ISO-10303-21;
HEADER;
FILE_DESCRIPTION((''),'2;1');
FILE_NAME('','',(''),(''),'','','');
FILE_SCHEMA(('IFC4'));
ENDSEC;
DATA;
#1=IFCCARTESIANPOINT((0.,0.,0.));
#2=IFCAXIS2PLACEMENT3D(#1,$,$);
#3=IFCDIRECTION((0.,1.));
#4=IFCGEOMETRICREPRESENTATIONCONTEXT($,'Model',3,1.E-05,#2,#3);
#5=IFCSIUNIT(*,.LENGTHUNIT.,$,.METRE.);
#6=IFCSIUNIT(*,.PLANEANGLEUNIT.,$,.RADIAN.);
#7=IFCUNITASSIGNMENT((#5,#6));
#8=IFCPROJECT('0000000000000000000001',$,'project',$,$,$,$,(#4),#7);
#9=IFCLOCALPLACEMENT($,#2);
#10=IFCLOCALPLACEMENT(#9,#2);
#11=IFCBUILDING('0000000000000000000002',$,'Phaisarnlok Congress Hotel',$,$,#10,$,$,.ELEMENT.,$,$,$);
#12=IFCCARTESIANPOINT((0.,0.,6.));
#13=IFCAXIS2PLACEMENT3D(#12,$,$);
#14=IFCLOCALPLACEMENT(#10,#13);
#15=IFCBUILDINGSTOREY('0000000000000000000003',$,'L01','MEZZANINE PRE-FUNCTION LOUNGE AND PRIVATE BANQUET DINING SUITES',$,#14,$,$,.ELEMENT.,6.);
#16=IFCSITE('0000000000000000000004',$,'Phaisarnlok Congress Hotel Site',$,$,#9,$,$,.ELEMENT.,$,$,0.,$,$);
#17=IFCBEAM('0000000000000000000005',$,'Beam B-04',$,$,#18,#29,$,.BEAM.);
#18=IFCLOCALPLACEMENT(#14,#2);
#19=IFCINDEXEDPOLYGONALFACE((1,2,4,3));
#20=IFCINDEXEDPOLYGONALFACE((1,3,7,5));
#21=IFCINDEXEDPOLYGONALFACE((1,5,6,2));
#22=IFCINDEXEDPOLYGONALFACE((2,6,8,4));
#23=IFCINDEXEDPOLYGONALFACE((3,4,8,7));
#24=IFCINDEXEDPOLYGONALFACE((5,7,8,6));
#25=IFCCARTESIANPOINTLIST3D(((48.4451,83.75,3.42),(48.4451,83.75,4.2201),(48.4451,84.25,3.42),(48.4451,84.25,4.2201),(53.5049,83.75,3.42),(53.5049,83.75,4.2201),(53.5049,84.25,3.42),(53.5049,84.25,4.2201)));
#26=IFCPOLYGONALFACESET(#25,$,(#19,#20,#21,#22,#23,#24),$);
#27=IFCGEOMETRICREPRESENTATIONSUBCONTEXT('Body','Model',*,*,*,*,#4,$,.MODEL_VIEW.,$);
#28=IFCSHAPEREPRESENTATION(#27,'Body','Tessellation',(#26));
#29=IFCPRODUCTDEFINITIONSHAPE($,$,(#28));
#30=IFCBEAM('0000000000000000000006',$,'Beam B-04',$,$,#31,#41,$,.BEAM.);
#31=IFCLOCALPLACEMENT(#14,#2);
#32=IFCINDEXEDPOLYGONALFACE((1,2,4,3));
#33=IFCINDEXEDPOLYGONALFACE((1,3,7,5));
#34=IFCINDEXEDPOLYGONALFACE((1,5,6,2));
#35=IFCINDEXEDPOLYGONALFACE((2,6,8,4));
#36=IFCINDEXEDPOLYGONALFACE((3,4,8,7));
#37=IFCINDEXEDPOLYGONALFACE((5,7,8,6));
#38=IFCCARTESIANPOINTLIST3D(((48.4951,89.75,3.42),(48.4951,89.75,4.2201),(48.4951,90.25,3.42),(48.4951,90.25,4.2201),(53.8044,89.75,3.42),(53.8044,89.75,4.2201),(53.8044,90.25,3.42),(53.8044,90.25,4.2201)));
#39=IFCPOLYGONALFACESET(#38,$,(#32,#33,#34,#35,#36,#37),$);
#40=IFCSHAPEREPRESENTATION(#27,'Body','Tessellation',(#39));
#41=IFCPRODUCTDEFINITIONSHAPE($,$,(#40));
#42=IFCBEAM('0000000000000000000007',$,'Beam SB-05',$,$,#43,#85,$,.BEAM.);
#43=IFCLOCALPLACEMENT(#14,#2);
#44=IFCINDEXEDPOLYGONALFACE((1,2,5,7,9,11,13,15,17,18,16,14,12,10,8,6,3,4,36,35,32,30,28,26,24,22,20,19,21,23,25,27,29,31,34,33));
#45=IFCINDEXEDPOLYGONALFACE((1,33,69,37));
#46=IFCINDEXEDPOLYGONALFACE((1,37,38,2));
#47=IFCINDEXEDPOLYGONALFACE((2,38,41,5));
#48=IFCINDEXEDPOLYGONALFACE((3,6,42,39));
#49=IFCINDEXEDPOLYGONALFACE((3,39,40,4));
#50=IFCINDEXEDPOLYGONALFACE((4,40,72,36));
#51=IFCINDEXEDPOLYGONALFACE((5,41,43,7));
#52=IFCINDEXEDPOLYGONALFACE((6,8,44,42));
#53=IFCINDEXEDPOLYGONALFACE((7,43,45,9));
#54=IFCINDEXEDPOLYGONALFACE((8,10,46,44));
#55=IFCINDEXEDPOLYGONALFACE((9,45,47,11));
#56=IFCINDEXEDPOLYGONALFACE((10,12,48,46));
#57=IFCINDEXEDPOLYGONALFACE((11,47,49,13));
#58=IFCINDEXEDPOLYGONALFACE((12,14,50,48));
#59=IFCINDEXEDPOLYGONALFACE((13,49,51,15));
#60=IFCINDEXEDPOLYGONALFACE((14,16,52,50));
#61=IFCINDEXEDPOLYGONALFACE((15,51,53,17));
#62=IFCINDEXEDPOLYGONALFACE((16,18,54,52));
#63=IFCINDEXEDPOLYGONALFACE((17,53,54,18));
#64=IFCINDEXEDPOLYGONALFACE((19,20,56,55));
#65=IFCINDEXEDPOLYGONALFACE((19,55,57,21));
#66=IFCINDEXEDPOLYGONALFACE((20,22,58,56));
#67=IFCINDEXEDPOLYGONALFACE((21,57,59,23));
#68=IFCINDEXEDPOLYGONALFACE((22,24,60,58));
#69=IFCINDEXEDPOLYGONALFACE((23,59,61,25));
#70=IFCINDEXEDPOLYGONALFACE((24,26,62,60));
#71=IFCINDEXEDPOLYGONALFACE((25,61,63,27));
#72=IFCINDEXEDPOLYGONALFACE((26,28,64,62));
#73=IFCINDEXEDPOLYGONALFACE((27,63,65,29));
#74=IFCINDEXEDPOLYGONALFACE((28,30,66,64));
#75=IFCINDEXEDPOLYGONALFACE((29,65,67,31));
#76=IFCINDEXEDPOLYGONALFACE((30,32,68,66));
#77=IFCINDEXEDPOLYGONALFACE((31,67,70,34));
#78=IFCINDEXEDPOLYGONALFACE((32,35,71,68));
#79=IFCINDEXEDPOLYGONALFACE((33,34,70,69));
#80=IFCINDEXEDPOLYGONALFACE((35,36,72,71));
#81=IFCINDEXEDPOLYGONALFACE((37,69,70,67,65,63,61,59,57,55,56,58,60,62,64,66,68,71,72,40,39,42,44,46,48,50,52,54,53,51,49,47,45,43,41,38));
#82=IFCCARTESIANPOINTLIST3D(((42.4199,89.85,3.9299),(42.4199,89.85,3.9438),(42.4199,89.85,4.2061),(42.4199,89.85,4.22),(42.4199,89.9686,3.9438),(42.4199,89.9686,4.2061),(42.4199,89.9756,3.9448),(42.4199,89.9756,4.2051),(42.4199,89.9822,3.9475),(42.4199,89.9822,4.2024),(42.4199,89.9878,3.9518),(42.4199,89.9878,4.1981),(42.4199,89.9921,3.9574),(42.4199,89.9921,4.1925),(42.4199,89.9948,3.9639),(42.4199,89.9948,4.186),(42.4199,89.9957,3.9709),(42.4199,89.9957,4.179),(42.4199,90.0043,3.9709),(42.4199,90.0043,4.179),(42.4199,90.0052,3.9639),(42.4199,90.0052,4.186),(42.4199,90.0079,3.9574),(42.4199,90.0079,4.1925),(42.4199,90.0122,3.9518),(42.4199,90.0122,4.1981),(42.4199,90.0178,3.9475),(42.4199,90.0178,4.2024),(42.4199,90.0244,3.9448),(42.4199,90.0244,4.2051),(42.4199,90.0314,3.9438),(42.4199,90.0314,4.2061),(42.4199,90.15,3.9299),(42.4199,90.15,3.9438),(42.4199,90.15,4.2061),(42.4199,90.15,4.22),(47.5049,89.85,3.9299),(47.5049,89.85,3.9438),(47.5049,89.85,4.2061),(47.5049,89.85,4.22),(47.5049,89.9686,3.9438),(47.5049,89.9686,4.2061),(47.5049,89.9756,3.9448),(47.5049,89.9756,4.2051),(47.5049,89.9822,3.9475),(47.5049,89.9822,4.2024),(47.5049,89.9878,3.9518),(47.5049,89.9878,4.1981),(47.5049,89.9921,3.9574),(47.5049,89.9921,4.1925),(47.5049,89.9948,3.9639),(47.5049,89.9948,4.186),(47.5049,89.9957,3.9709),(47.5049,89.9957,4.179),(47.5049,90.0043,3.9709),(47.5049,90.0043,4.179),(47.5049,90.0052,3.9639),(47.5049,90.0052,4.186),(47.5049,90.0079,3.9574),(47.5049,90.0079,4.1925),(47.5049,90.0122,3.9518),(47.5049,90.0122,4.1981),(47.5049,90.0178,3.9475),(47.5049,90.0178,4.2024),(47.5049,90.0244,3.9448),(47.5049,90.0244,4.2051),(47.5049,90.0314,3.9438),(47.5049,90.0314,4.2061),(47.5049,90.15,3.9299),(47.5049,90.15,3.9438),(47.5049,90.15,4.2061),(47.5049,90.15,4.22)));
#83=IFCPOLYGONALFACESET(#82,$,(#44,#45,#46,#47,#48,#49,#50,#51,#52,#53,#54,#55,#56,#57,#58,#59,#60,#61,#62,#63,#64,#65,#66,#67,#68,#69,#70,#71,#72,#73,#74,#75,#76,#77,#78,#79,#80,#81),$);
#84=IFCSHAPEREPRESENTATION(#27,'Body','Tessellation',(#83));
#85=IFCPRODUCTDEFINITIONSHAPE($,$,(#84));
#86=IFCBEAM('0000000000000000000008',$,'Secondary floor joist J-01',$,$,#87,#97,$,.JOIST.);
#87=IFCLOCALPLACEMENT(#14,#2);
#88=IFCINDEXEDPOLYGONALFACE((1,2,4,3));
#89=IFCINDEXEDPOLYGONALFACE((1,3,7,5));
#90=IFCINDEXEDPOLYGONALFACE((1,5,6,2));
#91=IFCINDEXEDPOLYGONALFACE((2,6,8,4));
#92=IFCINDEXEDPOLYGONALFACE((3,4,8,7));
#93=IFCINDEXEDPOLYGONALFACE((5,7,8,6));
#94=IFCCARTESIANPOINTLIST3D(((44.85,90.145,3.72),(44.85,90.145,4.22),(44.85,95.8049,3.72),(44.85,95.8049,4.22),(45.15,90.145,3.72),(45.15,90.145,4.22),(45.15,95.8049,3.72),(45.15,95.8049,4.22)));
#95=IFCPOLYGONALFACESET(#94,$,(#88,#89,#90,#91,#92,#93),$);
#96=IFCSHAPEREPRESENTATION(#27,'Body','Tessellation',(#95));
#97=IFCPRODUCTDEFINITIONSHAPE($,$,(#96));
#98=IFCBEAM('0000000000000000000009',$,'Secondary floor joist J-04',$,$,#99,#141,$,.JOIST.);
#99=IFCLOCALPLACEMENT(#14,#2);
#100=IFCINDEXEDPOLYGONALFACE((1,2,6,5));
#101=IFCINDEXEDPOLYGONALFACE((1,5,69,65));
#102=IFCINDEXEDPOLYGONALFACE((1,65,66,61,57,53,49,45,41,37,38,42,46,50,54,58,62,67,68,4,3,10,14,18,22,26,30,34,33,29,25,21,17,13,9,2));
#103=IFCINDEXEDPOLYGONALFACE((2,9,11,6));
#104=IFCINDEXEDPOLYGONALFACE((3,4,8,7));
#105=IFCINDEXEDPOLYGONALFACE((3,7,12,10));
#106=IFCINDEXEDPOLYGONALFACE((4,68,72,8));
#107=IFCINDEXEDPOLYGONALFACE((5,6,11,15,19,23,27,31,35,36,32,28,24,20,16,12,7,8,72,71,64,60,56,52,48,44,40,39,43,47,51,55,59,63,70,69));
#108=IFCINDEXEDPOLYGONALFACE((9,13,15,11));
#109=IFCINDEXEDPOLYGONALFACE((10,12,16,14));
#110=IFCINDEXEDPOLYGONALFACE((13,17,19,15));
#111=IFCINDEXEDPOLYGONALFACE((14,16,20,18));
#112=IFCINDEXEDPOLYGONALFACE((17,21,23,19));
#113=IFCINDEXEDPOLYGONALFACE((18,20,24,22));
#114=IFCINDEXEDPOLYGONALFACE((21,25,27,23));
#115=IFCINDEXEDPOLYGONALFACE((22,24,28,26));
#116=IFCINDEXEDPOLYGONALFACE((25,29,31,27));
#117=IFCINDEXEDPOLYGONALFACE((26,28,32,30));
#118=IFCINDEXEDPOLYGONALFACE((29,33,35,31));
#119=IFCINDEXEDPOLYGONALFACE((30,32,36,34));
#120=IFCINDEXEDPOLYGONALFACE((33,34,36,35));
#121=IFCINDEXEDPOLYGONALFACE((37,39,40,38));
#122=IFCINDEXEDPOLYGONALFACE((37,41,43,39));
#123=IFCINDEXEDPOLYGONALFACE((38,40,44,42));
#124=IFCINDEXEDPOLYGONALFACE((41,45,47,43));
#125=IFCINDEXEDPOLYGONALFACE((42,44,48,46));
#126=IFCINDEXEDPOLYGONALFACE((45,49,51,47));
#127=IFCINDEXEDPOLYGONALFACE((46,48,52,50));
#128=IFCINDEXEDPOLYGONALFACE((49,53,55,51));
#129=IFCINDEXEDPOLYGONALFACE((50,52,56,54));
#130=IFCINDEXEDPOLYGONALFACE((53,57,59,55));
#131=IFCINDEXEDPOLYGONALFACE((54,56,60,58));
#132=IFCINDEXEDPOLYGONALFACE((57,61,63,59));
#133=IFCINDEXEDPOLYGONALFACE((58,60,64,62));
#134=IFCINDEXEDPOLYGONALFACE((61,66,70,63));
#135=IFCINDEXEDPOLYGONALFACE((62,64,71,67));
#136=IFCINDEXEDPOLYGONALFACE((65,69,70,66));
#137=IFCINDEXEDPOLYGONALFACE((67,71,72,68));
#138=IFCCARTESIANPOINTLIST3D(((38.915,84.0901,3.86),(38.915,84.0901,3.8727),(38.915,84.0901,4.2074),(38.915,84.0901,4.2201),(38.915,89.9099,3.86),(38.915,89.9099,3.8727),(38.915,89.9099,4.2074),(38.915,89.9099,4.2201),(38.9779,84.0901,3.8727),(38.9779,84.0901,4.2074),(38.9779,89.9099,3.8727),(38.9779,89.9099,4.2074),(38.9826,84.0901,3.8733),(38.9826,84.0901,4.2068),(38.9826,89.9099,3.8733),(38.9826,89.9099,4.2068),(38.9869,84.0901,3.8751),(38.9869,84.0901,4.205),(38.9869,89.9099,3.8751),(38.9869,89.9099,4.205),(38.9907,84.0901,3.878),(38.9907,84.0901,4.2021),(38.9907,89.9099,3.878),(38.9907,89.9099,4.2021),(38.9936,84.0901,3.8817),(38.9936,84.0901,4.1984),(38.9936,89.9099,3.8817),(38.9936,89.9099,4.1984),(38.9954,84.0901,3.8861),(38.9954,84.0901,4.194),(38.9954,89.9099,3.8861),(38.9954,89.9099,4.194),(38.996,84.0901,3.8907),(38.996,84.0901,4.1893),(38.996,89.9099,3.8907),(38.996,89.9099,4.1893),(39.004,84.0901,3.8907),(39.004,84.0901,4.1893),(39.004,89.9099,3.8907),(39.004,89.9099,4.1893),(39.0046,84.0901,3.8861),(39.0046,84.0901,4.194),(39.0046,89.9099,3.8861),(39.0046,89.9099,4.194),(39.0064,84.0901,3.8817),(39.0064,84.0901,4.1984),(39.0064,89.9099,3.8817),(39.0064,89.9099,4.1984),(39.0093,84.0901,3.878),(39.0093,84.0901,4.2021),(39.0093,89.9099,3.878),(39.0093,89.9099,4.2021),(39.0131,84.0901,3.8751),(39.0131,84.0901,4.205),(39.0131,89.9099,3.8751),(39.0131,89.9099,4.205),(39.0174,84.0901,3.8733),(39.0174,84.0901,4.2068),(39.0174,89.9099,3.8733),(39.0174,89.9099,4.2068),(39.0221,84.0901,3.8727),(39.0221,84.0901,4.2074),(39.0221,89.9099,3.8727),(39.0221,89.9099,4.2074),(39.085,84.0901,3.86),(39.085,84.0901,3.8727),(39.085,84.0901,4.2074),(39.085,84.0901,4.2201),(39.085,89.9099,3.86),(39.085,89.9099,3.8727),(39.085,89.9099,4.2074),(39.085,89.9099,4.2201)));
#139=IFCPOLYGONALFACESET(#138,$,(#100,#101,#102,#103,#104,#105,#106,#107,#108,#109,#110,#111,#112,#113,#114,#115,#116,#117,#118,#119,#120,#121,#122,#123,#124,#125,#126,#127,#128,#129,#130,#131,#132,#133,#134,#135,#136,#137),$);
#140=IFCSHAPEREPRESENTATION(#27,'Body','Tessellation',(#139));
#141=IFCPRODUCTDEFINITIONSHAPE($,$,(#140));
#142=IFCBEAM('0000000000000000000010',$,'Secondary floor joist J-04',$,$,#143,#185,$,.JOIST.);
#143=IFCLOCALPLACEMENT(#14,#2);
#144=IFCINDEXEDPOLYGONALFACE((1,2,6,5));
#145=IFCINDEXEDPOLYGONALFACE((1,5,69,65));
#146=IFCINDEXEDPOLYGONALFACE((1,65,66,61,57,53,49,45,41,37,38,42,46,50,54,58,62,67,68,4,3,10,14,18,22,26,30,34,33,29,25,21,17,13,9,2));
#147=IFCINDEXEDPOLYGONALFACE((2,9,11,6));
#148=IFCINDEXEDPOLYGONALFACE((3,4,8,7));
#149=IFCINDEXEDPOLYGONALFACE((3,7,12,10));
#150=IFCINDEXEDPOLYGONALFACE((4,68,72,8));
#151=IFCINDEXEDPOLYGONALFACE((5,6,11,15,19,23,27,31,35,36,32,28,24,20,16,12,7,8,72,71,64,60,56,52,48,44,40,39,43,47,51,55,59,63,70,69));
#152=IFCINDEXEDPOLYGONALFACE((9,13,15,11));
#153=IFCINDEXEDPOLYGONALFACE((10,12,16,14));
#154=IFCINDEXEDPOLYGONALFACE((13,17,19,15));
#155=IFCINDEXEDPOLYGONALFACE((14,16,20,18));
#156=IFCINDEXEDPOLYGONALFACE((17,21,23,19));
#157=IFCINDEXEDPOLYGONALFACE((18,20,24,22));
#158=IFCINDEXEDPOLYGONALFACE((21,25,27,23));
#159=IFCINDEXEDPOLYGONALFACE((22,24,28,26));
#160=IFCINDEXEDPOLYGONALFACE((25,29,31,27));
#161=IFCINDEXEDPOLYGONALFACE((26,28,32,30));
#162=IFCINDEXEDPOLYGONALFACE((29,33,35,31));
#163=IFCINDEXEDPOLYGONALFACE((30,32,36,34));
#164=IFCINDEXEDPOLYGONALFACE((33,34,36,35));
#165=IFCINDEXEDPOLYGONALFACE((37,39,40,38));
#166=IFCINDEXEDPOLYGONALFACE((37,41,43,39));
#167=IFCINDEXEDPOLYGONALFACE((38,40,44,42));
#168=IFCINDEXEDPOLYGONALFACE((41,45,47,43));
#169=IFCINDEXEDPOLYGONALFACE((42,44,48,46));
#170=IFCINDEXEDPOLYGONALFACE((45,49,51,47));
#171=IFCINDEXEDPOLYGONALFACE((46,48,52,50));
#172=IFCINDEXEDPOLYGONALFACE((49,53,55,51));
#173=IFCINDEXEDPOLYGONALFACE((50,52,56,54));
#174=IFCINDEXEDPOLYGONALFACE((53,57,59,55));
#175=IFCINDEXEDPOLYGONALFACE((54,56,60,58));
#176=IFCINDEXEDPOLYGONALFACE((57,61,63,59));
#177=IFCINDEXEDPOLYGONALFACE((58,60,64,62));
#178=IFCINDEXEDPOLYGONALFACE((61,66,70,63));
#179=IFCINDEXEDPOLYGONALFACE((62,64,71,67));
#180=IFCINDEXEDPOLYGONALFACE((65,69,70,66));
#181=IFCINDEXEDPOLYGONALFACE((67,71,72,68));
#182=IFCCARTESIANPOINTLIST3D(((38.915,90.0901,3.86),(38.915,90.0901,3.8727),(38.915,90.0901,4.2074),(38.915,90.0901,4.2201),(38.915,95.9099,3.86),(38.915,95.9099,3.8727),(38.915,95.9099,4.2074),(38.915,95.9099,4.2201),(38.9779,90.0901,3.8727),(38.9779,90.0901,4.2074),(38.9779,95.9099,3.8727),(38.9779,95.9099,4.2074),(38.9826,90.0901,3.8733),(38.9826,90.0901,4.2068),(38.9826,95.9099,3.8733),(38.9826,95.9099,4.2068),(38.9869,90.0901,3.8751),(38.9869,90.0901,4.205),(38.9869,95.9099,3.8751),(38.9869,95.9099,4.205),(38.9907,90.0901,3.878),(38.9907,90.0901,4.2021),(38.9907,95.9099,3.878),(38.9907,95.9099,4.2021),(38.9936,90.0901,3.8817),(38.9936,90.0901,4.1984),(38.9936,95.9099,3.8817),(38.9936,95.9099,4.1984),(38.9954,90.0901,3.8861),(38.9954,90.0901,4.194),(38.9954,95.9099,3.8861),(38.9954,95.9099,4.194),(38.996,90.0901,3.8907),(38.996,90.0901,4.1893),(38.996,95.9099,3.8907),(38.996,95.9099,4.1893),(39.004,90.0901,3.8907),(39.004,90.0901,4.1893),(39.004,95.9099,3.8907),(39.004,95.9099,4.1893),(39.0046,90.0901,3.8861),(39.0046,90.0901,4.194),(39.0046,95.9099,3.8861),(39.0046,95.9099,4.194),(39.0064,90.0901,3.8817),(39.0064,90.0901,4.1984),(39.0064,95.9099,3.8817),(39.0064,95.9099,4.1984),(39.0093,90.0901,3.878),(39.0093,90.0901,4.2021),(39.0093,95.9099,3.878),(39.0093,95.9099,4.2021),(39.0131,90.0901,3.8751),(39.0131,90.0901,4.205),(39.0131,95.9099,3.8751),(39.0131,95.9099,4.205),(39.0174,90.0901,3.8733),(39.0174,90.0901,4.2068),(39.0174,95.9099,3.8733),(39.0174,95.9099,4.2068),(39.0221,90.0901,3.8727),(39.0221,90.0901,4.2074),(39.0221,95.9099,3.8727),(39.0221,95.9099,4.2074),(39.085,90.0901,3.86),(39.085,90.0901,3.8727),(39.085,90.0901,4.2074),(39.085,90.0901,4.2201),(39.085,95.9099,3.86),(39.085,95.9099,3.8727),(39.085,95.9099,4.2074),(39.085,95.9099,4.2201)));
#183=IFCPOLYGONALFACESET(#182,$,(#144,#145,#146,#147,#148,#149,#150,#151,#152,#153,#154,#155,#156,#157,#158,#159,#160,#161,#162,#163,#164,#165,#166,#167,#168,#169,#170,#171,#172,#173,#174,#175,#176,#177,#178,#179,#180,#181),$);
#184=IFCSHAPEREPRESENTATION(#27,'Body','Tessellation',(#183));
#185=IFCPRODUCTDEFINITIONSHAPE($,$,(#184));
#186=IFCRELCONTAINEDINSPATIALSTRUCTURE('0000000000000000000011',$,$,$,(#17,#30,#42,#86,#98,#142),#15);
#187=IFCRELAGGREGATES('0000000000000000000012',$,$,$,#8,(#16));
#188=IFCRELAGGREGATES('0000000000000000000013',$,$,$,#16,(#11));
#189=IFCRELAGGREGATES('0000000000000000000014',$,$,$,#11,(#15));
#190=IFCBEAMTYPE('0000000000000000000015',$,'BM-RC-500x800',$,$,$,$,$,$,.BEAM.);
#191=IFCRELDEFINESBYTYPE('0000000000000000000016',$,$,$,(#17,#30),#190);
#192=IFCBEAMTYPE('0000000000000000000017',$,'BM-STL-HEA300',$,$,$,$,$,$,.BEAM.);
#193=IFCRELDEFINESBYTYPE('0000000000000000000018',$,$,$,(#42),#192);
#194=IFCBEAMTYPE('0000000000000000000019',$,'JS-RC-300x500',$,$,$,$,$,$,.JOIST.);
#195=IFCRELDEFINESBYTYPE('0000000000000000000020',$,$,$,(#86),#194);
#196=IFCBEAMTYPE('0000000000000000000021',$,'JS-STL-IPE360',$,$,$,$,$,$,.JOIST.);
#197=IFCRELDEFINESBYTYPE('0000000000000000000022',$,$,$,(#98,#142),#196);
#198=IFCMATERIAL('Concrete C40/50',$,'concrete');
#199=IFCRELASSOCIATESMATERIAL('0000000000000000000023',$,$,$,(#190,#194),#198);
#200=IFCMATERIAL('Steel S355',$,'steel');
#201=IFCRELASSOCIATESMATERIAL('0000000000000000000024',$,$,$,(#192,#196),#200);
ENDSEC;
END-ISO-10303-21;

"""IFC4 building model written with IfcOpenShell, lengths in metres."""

from ifc_helpers import new_model, si_unit, direction, frame, origin, origin_2d, place, context, subcontext, project, spatial, rectangle, i_section, extrude, material, material_profile, profile_set, type_object, element, save


model = new_model("IFC4")

# Units and contexts
model_context = context("Model", 3, precision=1e-05, world=origin(), true_north=direction((0.0, 1.0)))
body_context = subcontext(model_context, "Body", "Model", "MODEL_VIEW")
ifc_project = project(units=[si_unit("LENGTHUNIT", "METRE"), si_unit("PLANEANGLEUNIT", "RADIAN")], contexts=[model_context])

# Site, building, storey
site_placement = place(None, origin())
site = spatial("IfcSite", under=ifc_project, at=site_placement, Name="Phaisarnlok Congress Hotel Site", CompositionType="ELEMENT", RefElevation=0.0)
building_placement = place(site_placement, origin())
building = spatial("IfcBuilding", under=site, at=building_placement, Name="Phaisarnlok Congress Hotel", CompositionType="ELEMENT")
storey_placement = place(building_placement, frame((0.0, 0.0, 6.0)))
storey = spatial("IfcBuildingStorey", under=building, at=storey_placement, Name="L01", Description="MEZZANINE PRE-FUNCTION LOUNGE AND PRIVATE BANQUET DINING SUITES", CompositionType="ELEMENT", Elevation=6.0)

# Beams
ifc_material_1 = material(Name="Concrete C40/50", Category="concrete")
ifc_material_profile_1 = material_profile(ifc_material_1, rectangle(XDim=0.5, YDim=0.8, at=origin_2d()), Name="RC 500x800")
ifc_profile_set_1 = profile_set([ifc_material_profile_1], Name="Concrete C40/50")
beam_type_1 = type_object("IfcBeamType", Name="BM-RC-500x800", PredefinedType="BEAM", material=ifc_profile_set_1)
beam_1_placement = place(storey_placement, frame((48.4451, 84.0, 3.8201), z_axis=(1.0, 0.0, 0.0), x_axis=(0.0, 1.0, 0.0)))
element("IfcBeam", 1, at=beam_1_placement, inside=storey, type_object=beam_type_1, Name="Beam B-04", PredefinedType="BEAM", context=body_context, shape_type="SweptSolid", body=[
    extrude(rectangle(XDim=0.5, YDim=0.8, at=origin_2d()), origin(), (0.0, 0.0, 1.0), 5.0598),
])
beam_2_placement = place(storey_placement, frame((48.4951, 90.0, 3.8201), z_axis=(1.0, 0.0, 0.0), x_axis=(0.0, 1.0, 0.0)))
element("IfcBeam", 2, at=beam_2_placement, inside=storey, type_object=beam_type_1, Name="Beam B-04", PredefinedType="BEAM", context=body_context, shape_type="SweptSolid", body=[
    extrude(rectangle(XDim=0.5, YDim=0.8, at=origin_2d()), origin(), (0.0, 0.0, 1.0), 5.3093),
])
ifc_material_2 = material(Name="Steel S355", Category="steel")
ifc_material_profile_2 = material_profile(ifc_material_2, i_section(OverallWidth=0.3, OverallDepth=0.29, WebThickness=0.0085, FlangeThickness=0.0139, FilletRadius=0.0271, at=origin_2d()), Name="HEA 300")
ifc_profile_set_2 = profile_set([ifc_material_profile_2], Name="Steel S355")
beam_type_2 = type_object("IfcBeamType", Name="BM-STL-HEA300", PredefinedType="BEAM", material=ifc_profile_set_2)
beam_3_placement = place(storey_placement, frame((42.4199, 90.0, 4.075), z_axis=(1.0, 0.0, 0.0), x_axis=(0.0, 1.0, 0.0)))
element("IfcBeam", 3, at=beam_3_placement, inside=storey, type_object=beam_type_2, Name="Beam SB-05", PredefinedType="BEAM", context=body_context, shape_type="SweptSolid", body=[
    extrude(i_section(OverallWidth=0.3, OverallDepth=0.29, WebThickness=0.0085, FlangeThickness=0.0139, FilletRadius=0.0271, at=origin_2d()), origin(), (0.0, 0.0, 1.0), 5.085),
])
ifc_material_profile_3 = material_profile(ifc_material_1, rectangle(XDim=0.3, YDim=0.5, at=origin_2d()), Name="RC 300x500")
ifc_profile_set_3 = profile_set([ifc_material_profile_3], Name="Concrete C40/50")
beam_type_3 = type_object("IfcBeamType", Name="JS-RC-300x500", PredefinedType="JOIST", material=ifc_profile_set_3)
beam_4_placement = place(storey_placement, frame((45.0, 90.145, 3.97), z_axis=(0.0, 1.0, 0.0), x_axis=(-1.0, 0.0, 0.0)))
element("IfcBeam", 4, at=beam_4_placement, inside=storey, type_object=beam_type_3, Name="Secondary floor joist J-01", PredefinedType="JOIST", context=body_context, shape_type="SweptSolid", body=[
    extrude(rectangle(XDim=0.3, YDim=0.5, at=origin_2d()), origin(), (0.0, 0.0, 1.0), 5.6599),
])
ifc_material_profile_4 = material_profile(ifc_material_2, i_section(OverallWidth=0.1699, OverallDepth=0.3601, WebThickness=0.0081, FlangeThickness=0.0127, FilletRadius=0.0181, at=origin_2d()), Name="IPE 360")
ifc_profile_set_4 = profile_set([ifc_material_profile_4], Name="Steel S355")
beam_type_4 = type_object("IfcBeamType", Name="JS-STL-IPE360", PredefinedType="JOIST", material=ifc_profile_set_4)
for number, where, z_axis, x_axis, name in (
    (5, (39.0, 84.0901, 4.04), (0.0, 1.0, 0.0), (-1.0, 0.0, 0.0), "Secondary floor joist J-04"),
    (6, (39.0, 90.0901, 4.04), (0.0, 1.0, 0.0), (-1.0, 0.0, 0.0), "Secondary floor joist J-04"),
):
    element("IfcBeam", number, at=place(storey_placement, frame(where, z_axis=z_axis, x_axis=x_axis)), inside=storey, type_object=beam_type_4, Name=name, PredefinedType="JOIST", context=body_context, shape_type="SweptSolid", body=[
        extrude(i_section(OverallWidth=0.1699, OverallDepth=0.3601, WebThickness=0.0081, FlangeThickness=0.0127, FilletRadius=0.0181, at=origin_2d()), origin(), (0.0, 0.0, 1.0), 5.8198),
    ])

save(model, "model.ifc")
